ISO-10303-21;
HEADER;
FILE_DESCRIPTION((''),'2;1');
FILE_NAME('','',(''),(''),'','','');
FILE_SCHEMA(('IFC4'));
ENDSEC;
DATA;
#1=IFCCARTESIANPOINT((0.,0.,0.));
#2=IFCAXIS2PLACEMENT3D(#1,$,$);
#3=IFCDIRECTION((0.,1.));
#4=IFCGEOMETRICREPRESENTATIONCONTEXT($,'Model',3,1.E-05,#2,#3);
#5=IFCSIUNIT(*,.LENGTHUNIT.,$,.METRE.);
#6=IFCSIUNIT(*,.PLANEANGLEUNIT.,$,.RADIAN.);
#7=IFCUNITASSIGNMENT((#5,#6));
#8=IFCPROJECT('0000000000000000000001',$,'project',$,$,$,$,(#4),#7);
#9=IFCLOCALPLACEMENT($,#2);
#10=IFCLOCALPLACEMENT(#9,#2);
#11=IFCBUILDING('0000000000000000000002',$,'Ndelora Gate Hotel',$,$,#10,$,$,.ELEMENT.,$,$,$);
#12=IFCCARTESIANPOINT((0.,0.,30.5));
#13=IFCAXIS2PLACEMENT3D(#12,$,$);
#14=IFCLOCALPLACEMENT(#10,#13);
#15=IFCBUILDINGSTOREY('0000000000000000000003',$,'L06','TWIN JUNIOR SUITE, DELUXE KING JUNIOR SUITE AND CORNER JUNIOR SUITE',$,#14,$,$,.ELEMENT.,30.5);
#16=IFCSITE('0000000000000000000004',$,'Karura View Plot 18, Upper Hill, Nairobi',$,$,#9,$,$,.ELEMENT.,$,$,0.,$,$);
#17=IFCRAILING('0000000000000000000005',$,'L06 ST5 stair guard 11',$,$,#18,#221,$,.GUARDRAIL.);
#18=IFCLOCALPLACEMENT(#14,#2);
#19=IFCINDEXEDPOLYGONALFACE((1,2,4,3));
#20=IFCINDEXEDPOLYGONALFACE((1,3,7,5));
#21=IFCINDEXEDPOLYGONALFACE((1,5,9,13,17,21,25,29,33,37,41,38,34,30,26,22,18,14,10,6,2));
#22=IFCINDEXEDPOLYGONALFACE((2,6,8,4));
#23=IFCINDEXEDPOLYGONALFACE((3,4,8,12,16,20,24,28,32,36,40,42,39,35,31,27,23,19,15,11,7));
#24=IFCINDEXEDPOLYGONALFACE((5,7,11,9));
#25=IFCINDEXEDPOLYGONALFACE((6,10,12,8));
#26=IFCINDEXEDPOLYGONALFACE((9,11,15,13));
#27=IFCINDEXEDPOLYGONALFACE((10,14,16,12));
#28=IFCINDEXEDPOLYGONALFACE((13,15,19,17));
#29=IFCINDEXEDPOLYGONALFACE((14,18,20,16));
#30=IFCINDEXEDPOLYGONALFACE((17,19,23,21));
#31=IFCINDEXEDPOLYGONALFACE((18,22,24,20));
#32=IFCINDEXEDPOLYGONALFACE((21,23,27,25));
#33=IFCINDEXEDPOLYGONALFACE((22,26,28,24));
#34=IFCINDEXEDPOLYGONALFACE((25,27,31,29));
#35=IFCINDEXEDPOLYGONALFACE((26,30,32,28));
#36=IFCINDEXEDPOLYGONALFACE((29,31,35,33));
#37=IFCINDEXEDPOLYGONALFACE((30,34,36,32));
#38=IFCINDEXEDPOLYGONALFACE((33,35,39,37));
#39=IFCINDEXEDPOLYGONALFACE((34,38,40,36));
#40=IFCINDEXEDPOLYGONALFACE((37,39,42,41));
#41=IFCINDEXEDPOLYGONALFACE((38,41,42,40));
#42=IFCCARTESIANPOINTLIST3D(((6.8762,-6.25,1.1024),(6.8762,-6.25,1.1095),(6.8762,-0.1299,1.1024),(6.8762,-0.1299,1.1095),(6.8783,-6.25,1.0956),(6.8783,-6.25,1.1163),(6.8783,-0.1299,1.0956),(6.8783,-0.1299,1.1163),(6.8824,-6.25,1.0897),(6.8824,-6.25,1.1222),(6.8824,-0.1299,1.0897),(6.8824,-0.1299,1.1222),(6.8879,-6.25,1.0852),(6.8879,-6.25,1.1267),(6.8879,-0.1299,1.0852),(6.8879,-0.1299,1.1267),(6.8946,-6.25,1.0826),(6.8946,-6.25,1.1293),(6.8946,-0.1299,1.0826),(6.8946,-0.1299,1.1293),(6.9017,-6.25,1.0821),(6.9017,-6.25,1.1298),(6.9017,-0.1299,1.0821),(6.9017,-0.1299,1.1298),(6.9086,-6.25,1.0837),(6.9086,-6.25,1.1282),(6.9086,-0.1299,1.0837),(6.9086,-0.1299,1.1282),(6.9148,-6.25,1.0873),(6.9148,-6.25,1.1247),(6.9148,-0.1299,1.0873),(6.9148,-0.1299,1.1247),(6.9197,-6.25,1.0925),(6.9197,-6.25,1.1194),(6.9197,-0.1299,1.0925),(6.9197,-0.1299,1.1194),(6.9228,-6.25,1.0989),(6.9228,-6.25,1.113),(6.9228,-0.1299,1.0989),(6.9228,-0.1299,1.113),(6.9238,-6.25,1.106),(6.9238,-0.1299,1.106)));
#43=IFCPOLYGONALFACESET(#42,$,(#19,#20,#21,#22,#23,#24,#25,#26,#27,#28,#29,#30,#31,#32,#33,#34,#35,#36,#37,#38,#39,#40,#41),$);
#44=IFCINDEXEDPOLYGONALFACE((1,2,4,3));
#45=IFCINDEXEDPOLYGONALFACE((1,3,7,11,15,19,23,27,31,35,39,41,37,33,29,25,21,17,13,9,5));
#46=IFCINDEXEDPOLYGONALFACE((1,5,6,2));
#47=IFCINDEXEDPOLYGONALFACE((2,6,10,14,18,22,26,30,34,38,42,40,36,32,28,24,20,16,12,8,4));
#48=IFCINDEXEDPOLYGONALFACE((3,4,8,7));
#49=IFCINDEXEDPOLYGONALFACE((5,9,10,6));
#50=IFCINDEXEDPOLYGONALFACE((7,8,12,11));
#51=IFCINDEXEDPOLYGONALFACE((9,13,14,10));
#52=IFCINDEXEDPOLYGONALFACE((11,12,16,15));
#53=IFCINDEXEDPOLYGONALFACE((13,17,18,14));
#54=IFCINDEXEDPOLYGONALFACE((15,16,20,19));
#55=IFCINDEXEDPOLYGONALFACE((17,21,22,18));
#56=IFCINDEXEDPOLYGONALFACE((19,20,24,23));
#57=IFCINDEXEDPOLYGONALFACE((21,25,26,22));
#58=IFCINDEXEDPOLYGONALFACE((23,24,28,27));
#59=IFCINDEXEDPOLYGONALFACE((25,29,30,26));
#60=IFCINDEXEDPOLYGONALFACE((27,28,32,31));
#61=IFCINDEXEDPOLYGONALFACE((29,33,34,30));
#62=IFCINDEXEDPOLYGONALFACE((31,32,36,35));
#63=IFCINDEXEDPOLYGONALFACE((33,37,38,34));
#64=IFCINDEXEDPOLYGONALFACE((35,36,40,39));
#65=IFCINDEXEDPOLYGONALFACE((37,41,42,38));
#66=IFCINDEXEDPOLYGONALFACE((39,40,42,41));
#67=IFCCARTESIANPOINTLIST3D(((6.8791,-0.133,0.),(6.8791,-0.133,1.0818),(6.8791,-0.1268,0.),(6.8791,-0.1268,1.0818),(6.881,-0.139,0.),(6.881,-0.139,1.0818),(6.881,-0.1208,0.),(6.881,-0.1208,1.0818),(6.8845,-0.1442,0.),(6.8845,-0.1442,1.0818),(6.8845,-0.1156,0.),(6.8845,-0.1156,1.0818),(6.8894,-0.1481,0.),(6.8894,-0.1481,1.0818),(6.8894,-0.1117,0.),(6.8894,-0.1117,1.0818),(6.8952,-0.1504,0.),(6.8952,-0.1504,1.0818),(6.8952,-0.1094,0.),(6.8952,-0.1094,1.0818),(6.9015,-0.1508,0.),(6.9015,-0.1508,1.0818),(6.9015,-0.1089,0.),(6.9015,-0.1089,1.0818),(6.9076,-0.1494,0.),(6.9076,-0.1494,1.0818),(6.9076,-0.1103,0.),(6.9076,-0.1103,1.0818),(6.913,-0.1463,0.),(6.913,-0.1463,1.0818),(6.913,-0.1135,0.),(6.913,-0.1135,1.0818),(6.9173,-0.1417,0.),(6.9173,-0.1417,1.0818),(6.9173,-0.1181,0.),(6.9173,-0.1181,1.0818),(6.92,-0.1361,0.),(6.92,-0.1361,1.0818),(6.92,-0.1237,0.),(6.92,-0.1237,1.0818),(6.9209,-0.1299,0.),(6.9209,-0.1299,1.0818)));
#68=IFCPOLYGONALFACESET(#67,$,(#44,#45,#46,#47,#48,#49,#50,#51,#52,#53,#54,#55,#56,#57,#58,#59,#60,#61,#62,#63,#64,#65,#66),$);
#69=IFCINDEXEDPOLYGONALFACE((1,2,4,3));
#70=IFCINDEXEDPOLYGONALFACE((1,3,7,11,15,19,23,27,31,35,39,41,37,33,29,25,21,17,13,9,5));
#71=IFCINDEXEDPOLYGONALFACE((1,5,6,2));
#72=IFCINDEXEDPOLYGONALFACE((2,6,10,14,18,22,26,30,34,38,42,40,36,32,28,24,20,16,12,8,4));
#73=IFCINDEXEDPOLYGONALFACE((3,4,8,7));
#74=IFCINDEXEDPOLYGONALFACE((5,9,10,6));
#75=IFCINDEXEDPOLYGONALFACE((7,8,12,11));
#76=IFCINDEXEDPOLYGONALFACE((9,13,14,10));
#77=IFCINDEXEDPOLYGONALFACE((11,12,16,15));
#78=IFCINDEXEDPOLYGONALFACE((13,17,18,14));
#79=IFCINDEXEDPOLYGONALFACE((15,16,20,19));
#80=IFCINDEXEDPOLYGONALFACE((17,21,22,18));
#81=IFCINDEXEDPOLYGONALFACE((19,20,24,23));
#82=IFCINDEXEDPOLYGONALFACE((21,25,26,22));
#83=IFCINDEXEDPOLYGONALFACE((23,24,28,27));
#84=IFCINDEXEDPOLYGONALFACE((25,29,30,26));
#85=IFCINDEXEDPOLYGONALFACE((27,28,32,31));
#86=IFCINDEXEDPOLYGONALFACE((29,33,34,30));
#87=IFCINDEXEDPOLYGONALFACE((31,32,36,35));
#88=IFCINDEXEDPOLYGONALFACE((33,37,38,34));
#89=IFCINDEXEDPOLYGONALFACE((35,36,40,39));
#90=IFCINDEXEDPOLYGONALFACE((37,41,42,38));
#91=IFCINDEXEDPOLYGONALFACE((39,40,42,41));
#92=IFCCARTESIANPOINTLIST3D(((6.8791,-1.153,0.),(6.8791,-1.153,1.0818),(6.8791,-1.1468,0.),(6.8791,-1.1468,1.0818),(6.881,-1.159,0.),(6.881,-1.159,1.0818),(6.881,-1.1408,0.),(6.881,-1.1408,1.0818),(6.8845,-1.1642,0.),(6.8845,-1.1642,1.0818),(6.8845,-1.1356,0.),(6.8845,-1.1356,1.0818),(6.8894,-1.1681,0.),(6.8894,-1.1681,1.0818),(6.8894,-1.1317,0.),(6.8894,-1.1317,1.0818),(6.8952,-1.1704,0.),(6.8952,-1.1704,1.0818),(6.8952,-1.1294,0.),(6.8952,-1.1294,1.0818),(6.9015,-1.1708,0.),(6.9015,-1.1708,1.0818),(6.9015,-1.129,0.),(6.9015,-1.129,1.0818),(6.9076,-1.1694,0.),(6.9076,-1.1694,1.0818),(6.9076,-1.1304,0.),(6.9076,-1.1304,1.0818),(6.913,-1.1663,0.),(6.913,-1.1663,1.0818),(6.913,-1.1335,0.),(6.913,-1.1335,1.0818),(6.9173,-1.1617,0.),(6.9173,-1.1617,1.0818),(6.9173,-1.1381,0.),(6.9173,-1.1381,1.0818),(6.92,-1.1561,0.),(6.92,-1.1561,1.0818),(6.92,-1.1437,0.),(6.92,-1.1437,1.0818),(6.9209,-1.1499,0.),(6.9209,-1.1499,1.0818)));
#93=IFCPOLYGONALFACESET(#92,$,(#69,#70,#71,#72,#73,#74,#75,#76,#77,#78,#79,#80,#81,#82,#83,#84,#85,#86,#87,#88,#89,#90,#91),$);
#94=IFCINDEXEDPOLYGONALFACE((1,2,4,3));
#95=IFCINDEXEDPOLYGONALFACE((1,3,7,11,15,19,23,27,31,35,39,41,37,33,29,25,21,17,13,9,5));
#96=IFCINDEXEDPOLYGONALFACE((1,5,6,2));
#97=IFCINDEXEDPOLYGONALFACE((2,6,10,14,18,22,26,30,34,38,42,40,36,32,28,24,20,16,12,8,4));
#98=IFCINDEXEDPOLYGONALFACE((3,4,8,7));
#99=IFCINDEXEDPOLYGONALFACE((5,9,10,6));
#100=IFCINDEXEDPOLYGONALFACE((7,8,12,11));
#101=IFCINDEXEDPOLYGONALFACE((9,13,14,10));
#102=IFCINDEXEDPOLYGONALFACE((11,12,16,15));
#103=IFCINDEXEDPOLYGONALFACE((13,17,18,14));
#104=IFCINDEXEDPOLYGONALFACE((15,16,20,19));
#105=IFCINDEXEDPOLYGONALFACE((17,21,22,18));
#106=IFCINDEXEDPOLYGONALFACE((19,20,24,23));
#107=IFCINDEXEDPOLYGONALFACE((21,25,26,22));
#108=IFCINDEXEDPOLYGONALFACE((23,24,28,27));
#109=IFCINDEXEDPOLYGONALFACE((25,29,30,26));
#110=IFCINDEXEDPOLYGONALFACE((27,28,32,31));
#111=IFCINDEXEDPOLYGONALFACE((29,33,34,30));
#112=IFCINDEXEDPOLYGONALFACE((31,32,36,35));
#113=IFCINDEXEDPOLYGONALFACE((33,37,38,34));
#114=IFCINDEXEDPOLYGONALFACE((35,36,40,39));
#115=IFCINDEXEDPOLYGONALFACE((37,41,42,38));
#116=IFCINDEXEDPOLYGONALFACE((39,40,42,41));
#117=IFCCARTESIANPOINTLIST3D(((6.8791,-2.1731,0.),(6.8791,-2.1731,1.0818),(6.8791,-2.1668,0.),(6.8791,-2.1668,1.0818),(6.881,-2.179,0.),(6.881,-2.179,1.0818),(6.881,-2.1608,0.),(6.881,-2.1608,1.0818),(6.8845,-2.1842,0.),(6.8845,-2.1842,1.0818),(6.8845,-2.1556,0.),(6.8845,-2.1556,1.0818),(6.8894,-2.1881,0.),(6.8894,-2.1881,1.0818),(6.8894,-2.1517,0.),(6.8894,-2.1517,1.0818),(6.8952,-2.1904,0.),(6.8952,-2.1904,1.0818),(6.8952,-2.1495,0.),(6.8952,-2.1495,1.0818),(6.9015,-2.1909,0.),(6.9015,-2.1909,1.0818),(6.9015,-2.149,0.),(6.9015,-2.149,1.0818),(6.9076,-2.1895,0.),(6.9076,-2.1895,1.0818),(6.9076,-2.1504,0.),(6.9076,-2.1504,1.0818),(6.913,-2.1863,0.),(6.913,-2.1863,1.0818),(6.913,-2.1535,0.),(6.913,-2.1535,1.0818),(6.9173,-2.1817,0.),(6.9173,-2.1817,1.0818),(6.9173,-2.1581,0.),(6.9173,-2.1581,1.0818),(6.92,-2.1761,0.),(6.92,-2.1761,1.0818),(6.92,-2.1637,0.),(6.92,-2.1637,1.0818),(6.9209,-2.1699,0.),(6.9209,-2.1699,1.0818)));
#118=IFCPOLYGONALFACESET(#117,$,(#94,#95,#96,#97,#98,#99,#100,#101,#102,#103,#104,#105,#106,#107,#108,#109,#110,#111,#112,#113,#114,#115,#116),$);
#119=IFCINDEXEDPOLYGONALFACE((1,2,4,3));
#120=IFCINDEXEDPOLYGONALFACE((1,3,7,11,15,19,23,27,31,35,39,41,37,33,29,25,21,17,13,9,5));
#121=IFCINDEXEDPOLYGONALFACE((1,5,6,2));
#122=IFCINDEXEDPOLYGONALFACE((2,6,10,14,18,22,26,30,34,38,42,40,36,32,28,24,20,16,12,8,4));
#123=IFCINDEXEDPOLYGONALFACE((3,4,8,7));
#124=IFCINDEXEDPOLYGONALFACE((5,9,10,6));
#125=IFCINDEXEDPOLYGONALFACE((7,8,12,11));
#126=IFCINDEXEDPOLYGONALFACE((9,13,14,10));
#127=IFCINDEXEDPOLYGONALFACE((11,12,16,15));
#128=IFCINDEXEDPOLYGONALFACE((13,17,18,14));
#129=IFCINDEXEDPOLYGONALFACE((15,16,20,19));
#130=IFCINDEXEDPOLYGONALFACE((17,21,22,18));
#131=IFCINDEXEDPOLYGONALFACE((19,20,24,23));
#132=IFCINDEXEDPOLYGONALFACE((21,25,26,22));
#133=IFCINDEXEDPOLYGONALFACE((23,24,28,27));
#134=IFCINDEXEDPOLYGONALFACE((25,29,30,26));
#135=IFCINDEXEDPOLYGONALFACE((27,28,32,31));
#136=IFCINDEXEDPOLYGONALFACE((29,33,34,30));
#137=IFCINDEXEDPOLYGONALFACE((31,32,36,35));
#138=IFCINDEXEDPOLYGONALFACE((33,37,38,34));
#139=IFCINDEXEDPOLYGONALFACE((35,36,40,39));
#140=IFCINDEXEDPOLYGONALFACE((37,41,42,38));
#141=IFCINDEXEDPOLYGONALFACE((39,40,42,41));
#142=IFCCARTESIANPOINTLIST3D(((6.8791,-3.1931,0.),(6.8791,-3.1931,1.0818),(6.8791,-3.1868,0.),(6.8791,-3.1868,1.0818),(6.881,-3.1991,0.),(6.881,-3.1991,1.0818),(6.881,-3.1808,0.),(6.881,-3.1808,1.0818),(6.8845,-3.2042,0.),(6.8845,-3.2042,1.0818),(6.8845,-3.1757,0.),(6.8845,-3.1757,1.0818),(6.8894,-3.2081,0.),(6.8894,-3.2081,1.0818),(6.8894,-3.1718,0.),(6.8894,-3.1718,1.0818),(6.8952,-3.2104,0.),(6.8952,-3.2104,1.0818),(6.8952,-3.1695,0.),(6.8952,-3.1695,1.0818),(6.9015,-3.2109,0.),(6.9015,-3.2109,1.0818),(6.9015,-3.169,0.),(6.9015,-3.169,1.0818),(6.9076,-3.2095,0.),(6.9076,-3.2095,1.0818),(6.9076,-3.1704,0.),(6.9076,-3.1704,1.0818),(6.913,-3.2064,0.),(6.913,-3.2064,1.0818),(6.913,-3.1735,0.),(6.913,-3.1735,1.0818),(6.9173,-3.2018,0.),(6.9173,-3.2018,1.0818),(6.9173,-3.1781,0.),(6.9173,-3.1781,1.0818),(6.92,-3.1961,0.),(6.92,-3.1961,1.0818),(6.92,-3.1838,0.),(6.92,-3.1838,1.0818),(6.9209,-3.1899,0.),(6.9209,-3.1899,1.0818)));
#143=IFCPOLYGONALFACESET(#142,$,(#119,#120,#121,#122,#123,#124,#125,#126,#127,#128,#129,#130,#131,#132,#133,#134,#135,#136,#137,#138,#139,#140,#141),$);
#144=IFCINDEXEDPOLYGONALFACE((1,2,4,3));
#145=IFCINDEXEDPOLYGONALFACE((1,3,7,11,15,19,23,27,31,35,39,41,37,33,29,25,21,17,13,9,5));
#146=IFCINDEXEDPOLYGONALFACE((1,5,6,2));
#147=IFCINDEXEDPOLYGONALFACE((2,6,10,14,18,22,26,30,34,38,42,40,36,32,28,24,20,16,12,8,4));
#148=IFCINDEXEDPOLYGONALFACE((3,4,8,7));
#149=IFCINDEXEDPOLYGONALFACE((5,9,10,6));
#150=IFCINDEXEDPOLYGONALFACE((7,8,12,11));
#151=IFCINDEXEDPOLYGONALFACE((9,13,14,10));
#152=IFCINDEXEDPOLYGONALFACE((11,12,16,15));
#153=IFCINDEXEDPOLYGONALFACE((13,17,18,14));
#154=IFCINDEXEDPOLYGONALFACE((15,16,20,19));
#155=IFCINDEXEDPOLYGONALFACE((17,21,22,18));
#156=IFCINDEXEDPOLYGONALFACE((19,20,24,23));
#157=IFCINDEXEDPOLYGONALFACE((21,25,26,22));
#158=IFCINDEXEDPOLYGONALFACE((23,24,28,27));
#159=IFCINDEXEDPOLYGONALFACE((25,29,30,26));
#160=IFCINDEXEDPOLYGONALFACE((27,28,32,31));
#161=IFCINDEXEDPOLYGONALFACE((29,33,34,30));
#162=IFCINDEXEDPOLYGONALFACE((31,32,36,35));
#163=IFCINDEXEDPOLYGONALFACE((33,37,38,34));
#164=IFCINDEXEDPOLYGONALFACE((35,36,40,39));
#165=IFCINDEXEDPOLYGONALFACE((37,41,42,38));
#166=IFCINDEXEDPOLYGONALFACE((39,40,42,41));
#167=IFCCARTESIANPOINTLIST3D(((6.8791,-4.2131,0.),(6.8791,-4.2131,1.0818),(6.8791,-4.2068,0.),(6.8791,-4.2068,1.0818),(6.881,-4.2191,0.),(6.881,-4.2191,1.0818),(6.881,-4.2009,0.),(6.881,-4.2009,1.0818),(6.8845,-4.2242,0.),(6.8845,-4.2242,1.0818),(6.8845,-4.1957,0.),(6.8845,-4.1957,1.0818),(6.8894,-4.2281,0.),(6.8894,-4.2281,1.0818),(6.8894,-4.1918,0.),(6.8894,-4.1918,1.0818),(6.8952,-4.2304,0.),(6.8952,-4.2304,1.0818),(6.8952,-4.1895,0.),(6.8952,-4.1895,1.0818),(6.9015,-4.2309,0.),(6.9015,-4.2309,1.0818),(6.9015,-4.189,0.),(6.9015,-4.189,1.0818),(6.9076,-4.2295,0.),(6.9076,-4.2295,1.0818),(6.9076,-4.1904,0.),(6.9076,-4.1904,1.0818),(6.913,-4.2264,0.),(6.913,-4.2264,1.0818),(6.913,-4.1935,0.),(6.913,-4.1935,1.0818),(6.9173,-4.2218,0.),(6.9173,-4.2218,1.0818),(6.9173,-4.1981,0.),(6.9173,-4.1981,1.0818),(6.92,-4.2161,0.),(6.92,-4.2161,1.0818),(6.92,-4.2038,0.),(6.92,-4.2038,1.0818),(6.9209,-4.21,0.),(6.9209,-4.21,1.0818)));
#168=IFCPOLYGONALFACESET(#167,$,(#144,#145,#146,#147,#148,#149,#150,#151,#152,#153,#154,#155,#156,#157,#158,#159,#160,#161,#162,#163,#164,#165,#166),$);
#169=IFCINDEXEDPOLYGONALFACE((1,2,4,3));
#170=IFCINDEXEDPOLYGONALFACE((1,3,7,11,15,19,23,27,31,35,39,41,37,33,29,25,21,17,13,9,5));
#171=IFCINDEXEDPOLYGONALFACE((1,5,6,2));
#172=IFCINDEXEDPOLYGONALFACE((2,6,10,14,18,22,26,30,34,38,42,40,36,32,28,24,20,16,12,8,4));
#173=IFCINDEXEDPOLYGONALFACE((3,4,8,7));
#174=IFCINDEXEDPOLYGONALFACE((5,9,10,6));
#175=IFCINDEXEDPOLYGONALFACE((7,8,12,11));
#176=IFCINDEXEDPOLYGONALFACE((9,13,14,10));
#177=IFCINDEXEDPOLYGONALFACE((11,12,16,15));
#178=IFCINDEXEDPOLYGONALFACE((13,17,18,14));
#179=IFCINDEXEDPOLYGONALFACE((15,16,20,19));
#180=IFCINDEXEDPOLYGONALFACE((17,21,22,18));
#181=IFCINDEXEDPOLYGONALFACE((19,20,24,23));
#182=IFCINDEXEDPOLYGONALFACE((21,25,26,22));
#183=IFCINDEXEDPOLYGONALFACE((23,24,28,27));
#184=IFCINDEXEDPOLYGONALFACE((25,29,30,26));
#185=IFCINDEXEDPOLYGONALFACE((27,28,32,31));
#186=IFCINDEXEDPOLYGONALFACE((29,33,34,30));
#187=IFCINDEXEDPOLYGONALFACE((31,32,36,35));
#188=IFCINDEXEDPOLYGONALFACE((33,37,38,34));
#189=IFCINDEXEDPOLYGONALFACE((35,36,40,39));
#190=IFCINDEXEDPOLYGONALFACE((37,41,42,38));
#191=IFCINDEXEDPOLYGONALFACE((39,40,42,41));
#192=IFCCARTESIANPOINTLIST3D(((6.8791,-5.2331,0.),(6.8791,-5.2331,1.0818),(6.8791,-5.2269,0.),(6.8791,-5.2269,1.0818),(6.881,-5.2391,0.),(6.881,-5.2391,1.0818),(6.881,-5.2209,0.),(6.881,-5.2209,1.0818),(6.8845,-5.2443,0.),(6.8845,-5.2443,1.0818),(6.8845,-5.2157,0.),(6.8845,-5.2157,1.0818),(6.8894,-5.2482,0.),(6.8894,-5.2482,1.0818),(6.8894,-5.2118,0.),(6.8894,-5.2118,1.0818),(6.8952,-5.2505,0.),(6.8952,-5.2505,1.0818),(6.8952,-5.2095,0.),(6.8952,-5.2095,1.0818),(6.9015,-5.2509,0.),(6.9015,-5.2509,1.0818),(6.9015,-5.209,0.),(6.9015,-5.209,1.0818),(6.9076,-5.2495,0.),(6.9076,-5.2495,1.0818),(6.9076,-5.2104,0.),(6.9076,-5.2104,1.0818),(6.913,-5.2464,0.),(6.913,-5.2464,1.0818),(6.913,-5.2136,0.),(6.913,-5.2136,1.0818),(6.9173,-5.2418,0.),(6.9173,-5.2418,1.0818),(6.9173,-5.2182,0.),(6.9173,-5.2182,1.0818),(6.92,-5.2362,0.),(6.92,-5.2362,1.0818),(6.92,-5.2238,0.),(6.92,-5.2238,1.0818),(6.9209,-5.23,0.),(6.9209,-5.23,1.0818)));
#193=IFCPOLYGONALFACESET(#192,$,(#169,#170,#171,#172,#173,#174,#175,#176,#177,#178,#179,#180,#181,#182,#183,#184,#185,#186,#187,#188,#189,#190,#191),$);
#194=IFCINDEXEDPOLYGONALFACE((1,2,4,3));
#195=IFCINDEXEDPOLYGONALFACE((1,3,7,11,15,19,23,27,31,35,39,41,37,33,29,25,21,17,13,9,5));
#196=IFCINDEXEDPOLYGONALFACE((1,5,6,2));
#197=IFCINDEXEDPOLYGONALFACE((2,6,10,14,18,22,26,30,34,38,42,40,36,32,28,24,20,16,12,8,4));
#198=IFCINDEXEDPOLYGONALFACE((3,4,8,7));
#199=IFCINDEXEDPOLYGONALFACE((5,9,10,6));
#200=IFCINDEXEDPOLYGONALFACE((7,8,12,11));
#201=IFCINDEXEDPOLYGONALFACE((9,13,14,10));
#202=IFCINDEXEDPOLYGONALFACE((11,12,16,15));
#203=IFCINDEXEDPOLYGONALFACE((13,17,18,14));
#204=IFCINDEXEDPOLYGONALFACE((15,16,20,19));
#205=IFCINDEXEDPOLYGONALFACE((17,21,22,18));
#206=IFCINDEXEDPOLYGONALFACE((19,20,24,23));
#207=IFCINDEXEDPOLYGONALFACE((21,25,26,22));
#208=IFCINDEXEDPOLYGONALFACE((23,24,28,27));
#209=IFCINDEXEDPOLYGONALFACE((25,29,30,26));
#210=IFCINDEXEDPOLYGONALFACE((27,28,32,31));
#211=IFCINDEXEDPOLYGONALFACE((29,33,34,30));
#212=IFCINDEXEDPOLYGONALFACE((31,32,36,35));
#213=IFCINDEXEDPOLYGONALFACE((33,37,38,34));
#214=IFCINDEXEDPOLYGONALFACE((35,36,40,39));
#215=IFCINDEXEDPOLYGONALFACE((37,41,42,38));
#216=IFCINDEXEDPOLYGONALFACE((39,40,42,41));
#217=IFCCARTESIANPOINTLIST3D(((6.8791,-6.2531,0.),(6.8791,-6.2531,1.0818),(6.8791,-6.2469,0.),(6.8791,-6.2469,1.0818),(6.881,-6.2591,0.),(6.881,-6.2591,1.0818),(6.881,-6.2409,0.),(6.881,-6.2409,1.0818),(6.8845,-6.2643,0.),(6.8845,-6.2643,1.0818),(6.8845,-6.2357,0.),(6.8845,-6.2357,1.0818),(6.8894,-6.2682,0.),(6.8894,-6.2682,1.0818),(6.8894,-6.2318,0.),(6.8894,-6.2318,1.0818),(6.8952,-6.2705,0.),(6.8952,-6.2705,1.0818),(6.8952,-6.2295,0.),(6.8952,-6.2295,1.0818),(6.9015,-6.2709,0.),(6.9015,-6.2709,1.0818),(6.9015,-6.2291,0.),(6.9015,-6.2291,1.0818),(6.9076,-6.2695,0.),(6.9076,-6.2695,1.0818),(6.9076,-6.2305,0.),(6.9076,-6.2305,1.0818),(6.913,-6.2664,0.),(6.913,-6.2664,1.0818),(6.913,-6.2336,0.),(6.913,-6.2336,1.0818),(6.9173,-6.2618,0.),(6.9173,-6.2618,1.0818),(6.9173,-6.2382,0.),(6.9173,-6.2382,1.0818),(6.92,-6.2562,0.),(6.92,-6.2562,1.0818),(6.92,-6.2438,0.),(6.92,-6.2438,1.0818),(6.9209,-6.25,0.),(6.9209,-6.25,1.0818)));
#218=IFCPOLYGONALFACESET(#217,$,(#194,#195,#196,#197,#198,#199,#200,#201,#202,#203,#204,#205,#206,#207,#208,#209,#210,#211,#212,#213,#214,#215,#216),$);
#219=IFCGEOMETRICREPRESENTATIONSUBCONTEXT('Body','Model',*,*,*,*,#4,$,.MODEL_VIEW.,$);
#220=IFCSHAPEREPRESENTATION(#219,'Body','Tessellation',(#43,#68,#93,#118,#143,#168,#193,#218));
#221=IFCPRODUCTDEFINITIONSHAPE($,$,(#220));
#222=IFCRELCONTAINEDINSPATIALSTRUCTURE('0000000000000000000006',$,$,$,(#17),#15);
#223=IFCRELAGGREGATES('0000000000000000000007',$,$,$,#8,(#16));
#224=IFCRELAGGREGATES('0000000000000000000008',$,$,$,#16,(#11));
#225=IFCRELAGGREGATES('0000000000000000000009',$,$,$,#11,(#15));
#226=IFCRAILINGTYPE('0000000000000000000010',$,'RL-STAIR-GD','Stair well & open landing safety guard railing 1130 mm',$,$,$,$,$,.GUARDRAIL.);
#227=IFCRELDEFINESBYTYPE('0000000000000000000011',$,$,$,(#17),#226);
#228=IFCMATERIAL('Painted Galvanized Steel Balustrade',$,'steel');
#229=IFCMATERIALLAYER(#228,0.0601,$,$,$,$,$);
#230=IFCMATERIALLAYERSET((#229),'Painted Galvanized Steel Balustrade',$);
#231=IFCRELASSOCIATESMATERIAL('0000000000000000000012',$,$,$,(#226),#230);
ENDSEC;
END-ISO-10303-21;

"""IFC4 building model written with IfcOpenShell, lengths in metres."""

from ifc_helpers import new_model, si_unit, direction, frame, origin, origin_2d, place, context, subcontext, project, spatial, circle, extrude, material, layer, layer_set, type_object, element, save


model = new_model("IFC4")

# Units and contexts
model_context = context("Model", 3, precision=1e-05, world=origin(), true_north=direction((0.0, 1.0)))
body_context = subcontext(model_context, "Body", "Model", "MODEL_VIEW")
ifc_project = project(units=[si_unit("LENGTHUNIT", "METRE"), si_unit("PLANEANGLEUNIT", "RADIAN")], contexts=[model_context])

# Site, building, storey
site_placement = place(None, origin())
site = spatial("IfcSite", under=ifc_project, at=site_placement, Name="Karura View Plot 18, Upper Hill, Nairobi", CompositionType="ELEMENT", RefElevation=0.0)
building_placement = place(site_placement, origin())
building = spatial("IfcBuilding", under=site, at=building_placement, Name="Ndelora Gate Hotel", CompositionType="ELEMENT")
storey_placement = place(building_placement, frame((0.0, 0.0, 30.5)))
storey = spatial("IfcBuildingStorey", under=building, at=storey_placement, Name="L06", Description="TWIN JUNIOR SUITE, DELUXE KING JUNIOR SUITE AND CORNER JUNIOR SUITE", CompositionType="ELEMENT", Elevation=30.5)

# Railing
ifc_material_1 = material(Name="Painted Galvanized Steel Balustrade", Category="steel")
ifc_layer_1 = layer(ifc_material_1, 0.0601)
ifc_layer_set_1 = layer_set([ifc_layer_1], Name="Painted Galvanized Steel Balustrade")
railing_type = type_object("IfcRailingType", Name="RL-STAIR-GD", Description="Stair well & open landing safety guard railing 1130 mm", PredefinedType="GUARDRAIL", material=ifc_layer_set_1)
railing_1_placement = place(storey_placement, frame((6.8999, -0.1299, 0.0)))
element("IfcRailing", 1, at=railing_1_placement, inside=storey, type_object=railing_type, Name="L06 ST5 stair guard 11", PredefinedType="GUARDRAIL", context=body_context, shape_type="SweptSolid", body=[
    extrude(circle(Radius=0.0239, at=origin_2d()), frame((0.0, 0.0, 1.106), z_axis=(0.0, -1.0, 0.0), x_axis=(1.0, 0.0, 0.0)), (0.0, 0.0, 1.0), 6.1201),
    extrude(circle(Radius=0.021, at=origin_2d()), origin(), (0.0, 0.0, 1.0), 1.0818),
    extrude(circle(Radius=0.021, at=origin_2d()), frame((0.0, -1.02, 0.0)), (0.0, 0.0, 1.0), 1.0818),
    extrude(circle(Radius=0.021, at=origin_2d()), frame((0.0, -2.04, 0.0)), (0.0, 0.0, 1.0), 1.0818),
    extrude(circle(Radius=0.021, at=origin_2d()), frame((0.0, -3.0601, 0.0)), (0.0, 0.0, 1.0), 1.0818),
    extrude(circle(Radius=0.021, at=origin_2d()), frame((0.0, -4.0801, 0.0)), (0.0, 0.0, 1.0), 1.0818),
    extrude(circle(Radius=0.021, at=origin_2d()), frame((0.0, -5.1001, 0.0)), (0.0, 0.0, 1.0), 1.0818),
    extrude(circle(Radius=0.021, at=origin_2d()), frame((0.0, -6.1201, 0.0)), (0.0, 0.0, 1.0), 1.0818),
])

save(model, "model.ifc")
